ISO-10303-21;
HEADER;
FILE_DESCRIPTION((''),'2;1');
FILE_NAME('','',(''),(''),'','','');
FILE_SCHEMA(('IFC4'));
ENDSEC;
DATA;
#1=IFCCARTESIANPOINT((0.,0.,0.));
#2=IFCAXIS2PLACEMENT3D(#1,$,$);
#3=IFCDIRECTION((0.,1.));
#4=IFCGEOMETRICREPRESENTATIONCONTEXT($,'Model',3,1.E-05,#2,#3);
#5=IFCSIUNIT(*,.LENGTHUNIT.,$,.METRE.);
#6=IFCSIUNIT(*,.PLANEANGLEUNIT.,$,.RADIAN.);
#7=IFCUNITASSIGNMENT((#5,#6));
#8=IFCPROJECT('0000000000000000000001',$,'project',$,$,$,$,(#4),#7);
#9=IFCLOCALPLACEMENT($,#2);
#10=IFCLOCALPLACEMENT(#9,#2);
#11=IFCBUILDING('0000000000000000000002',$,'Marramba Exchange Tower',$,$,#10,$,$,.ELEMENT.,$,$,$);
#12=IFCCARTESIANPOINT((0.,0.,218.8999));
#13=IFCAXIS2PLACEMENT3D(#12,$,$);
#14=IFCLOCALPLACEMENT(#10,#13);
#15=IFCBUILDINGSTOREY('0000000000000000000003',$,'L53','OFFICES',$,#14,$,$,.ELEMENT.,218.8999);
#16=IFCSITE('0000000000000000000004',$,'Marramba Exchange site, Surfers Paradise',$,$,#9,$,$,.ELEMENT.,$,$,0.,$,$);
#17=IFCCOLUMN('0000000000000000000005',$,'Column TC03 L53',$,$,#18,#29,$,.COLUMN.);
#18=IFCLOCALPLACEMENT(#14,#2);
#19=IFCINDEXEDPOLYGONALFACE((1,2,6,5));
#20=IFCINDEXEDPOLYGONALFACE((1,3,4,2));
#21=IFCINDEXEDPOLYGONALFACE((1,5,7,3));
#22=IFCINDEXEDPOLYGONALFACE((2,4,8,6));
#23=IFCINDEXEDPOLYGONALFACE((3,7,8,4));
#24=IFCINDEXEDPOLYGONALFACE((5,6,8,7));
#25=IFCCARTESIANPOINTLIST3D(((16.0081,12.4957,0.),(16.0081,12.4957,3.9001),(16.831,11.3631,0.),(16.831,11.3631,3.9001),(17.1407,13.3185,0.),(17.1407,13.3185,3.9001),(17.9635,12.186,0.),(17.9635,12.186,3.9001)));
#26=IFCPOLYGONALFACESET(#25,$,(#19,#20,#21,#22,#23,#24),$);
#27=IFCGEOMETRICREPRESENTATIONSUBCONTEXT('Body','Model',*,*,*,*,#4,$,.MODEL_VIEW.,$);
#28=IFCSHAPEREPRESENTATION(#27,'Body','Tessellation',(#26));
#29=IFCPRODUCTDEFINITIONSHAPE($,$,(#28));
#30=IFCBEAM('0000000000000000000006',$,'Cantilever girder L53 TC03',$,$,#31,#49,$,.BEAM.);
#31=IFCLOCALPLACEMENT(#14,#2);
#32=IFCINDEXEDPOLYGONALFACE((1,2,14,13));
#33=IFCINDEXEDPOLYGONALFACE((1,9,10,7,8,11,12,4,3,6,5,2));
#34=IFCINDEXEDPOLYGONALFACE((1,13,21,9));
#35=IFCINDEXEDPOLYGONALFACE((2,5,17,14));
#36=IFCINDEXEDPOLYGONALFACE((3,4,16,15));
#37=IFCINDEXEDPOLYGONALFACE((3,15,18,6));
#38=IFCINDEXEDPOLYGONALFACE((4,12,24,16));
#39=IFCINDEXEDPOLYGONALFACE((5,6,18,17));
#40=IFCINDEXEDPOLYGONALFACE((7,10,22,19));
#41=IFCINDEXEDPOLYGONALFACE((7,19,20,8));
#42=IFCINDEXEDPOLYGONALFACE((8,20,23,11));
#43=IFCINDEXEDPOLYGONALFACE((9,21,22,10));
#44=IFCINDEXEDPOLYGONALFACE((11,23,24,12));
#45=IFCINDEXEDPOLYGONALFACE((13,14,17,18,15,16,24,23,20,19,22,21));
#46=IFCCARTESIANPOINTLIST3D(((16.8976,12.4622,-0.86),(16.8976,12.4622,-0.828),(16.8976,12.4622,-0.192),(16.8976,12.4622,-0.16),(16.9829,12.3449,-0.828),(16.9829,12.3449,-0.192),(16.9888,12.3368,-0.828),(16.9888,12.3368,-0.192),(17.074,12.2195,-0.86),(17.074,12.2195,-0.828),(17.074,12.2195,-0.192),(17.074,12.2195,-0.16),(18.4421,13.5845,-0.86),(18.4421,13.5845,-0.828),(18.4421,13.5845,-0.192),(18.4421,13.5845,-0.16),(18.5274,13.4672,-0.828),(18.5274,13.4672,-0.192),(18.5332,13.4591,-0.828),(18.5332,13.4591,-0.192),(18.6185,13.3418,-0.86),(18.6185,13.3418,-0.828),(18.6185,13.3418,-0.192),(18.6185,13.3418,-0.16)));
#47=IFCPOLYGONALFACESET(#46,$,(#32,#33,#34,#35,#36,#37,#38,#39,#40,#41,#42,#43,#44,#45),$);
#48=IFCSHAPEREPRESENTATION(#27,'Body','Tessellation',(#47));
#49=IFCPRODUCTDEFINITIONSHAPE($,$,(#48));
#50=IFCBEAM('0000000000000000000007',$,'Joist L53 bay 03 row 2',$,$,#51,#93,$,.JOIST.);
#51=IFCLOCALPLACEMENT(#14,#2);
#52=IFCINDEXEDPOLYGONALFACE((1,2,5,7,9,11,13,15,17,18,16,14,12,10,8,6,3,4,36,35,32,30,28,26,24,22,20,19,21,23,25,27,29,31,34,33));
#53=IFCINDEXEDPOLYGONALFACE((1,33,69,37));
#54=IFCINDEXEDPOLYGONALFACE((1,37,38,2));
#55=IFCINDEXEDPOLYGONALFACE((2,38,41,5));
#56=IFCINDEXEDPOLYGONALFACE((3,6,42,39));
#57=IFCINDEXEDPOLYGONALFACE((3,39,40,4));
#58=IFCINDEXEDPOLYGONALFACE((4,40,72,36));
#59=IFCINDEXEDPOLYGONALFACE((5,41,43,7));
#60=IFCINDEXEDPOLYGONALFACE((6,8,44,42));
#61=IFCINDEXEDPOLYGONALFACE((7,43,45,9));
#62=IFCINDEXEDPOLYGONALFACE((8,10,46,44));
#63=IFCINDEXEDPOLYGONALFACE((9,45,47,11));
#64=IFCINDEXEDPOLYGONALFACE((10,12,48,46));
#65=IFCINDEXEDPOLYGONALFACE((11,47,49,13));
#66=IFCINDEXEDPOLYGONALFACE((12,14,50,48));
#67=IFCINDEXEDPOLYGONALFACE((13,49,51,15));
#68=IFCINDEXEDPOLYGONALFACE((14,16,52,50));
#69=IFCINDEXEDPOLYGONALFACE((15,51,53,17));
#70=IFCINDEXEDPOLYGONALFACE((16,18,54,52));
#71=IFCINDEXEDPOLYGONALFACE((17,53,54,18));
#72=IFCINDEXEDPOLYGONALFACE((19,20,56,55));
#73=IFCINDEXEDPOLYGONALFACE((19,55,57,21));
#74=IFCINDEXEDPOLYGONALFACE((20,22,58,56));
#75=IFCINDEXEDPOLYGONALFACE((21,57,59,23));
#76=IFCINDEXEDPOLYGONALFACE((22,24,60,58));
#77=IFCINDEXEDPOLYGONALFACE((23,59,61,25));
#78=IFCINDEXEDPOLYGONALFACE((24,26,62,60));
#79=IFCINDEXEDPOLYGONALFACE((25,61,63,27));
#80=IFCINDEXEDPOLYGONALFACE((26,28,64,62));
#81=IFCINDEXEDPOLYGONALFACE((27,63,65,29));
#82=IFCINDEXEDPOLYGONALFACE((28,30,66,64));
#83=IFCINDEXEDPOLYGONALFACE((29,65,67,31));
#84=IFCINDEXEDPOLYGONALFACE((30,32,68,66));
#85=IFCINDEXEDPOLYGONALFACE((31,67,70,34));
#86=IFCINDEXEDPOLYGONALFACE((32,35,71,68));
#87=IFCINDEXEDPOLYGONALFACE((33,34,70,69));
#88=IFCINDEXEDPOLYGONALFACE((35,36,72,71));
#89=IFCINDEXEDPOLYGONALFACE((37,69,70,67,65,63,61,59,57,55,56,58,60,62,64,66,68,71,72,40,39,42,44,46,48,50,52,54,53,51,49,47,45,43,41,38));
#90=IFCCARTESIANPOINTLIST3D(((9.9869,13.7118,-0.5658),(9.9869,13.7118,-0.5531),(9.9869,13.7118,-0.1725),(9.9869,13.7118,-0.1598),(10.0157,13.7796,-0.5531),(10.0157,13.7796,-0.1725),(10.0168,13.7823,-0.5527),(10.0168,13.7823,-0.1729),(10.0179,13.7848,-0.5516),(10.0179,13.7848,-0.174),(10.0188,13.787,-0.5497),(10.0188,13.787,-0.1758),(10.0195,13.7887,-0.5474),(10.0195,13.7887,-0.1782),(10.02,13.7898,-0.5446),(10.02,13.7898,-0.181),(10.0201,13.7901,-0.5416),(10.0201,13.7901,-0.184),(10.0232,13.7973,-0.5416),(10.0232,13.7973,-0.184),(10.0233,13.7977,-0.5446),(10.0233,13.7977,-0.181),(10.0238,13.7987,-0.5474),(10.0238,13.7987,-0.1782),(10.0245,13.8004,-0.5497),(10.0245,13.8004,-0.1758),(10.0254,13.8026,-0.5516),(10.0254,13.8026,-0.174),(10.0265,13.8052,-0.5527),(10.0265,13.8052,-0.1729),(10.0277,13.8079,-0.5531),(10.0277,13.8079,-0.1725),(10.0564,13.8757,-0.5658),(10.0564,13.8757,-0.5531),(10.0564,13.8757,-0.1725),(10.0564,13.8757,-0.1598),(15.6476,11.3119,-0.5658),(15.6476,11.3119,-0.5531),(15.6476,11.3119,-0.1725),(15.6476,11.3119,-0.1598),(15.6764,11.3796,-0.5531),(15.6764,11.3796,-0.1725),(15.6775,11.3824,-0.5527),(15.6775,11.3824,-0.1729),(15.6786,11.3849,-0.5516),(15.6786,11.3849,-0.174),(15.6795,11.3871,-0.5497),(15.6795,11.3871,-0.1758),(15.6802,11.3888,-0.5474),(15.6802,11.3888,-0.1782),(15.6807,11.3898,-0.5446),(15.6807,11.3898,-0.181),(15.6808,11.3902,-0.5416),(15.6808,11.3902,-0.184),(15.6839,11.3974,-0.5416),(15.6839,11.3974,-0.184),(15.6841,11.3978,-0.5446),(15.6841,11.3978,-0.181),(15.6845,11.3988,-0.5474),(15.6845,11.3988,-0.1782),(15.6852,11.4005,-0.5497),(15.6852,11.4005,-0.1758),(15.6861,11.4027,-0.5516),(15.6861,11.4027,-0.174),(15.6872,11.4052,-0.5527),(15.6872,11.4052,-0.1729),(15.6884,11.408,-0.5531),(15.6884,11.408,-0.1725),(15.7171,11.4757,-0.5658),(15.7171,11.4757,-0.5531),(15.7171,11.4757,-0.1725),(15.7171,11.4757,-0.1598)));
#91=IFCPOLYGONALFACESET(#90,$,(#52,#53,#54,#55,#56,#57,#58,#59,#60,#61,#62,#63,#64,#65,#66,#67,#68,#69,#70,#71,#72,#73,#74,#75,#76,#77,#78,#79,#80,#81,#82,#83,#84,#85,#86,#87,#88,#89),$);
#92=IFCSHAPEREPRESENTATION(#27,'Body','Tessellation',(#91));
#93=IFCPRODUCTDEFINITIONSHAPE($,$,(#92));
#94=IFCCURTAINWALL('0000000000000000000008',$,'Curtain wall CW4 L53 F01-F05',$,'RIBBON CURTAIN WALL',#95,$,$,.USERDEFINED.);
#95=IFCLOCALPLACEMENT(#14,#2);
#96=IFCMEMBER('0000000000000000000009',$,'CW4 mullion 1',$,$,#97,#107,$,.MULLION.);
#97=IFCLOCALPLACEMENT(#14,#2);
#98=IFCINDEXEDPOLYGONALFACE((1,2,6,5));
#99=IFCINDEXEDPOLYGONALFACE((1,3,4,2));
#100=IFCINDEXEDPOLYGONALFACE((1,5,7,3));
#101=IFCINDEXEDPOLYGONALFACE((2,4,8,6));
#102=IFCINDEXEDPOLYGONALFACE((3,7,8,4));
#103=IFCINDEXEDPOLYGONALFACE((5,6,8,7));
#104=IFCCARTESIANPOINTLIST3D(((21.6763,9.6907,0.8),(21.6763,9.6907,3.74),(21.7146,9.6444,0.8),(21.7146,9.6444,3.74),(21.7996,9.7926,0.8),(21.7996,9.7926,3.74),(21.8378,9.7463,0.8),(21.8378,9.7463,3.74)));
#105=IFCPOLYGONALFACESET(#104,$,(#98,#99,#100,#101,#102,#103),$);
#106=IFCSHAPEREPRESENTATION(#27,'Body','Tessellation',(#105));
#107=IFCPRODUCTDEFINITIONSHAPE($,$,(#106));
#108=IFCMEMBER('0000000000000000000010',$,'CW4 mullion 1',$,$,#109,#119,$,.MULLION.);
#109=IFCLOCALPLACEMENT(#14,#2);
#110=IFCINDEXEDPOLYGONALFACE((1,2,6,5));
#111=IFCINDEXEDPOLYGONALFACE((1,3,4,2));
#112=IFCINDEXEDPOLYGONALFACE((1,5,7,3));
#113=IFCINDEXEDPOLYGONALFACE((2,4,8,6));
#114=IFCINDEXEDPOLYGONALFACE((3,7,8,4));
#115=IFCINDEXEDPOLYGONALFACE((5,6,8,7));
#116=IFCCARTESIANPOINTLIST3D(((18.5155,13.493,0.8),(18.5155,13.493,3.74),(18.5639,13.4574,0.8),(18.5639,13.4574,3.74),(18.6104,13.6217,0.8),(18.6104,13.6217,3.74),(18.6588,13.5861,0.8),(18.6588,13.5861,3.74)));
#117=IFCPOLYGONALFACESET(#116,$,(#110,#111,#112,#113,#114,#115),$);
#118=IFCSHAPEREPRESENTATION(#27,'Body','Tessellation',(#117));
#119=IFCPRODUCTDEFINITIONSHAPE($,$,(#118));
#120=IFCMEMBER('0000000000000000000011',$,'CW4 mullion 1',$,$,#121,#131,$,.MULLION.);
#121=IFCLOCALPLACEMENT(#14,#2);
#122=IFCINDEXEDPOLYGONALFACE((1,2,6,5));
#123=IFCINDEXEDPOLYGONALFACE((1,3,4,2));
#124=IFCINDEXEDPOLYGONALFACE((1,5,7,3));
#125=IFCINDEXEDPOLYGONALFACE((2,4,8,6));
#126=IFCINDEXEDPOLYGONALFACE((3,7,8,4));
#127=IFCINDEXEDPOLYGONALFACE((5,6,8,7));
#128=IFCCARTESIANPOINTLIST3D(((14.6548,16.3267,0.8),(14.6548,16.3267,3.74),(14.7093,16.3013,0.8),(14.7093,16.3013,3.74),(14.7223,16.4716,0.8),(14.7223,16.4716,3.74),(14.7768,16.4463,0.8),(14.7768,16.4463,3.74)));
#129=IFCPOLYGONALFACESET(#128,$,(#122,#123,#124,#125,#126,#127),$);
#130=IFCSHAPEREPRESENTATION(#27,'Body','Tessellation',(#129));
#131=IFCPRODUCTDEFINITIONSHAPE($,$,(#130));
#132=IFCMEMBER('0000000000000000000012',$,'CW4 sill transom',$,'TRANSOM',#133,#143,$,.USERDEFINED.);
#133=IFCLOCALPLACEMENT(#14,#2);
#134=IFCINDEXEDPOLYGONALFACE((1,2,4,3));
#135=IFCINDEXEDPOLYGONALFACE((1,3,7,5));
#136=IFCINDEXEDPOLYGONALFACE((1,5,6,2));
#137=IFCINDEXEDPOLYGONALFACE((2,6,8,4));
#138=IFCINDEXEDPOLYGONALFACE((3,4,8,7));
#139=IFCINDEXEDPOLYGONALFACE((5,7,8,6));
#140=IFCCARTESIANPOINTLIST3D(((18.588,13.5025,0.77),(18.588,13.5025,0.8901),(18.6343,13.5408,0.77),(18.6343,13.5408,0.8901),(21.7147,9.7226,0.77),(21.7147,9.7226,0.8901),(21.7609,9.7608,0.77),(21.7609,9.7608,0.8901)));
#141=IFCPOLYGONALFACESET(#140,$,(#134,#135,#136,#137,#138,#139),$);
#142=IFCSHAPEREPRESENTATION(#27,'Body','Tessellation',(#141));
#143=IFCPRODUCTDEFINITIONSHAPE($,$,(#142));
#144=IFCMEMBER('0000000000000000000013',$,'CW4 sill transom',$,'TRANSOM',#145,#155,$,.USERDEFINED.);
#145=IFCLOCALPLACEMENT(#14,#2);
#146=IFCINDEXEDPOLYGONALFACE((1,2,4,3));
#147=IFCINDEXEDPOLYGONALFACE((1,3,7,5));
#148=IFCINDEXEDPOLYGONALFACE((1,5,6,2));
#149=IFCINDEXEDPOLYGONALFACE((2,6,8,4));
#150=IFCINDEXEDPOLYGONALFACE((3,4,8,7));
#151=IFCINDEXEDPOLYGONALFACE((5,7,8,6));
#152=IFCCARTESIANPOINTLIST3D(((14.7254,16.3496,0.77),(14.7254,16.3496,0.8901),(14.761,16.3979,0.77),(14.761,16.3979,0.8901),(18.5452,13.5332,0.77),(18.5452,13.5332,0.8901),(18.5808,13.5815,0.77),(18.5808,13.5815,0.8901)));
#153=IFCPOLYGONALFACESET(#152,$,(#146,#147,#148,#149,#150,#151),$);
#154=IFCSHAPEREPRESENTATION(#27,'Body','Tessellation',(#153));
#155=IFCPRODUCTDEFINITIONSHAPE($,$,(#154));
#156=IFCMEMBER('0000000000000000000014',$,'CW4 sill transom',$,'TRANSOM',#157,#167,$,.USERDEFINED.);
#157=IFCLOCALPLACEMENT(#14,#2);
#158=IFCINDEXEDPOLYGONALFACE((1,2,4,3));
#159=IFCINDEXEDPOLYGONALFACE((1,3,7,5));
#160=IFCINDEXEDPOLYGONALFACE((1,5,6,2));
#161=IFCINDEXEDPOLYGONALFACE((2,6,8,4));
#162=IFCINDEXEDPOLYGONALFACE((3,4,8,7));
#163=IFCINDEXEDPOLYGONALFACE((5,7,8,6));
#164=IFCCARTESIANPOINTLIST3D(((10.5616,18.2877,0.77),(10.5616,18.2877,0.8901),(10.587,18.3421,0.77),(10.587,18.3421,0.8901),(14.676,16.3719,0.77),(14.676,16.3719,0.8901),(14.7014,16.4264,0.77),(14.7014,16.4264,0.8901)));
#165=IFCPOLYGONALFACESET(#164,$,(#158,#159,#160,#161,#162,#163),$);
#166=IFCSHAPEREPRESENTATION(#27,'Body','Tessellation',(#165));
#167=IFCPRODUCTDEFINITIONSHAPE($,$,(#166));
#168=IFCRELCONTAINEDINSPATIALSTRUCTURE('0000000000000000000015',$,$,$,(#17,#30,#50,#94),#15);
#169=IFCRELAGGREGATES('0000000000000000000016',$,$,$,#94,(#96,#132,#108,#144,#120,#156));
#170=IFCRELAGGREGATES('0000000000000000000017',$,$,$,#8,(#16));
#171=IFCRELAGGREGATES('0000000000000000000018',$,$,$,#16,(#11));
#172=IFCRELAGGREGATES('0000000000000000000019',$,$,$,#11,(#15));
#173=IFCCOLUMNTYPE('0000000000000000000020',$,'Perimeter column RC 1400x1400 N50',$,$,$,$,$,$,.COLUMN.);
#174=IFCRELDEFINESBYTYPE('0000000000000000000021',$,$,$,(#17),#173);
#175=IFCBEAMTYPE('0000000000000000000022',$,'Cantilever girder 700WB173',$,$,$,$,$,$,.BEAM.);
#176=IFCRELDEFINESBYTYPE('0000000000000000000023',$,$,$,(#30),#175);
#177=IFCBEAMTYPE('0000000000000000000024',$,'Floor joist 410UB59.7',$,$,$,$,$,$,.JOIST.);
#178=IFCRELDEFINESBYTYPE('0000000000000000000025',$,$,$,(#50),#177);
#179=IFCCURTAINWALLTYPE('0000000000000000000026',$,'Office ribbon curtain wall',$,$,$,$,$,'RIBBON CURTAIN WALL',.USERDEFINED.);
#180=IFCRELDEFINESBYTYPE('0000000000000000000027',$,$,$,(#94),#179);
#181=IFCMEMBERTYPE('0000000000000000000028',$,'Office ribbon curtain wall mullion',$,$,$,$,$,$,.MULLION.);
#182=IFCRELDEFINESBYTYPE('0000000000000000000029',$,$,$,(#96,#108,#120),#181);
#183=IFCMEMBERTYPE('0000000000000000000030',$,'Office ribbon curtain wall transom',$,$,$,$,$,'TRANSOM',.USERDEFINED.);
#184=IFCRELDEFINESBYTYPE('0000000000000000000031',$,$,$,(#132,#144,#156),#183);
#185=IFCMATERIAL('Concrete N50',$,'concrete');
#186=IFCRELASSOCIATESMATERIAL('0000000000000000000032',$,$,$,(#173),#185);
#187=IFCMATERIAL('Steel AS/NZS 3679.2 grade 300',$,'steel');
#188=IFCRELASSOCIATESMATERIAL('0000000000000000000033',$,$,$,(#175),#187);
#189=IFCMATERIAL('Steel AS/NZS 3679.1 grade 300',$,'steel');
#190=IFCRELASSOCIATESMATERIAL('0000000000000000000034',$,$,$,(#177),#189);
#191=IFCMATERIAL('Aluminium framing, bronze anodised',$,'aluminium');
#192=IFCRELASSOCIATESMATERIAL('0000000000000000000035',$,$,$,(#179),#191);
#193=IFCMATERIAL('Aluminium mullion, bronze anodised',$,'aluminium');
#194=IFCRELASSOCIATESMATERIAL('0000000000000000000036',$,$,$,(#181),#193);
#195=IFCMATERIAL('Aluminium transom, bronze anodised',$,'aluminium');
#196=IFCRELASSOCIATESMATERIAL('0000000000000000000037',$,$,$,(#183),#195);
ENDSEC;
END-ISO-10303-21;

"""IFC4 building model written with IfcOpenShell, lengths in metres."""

from ifc_helpers import new_model, si_unit, direction, frame, origin, origin_2d, place, context, subcontext, project, spatial, rectangle, i_section, extrude, material, material_profile, profile_set, type_object, element, aggregate, save


model = new_model("IFC4")

# Units and contexts
model_context = context("Model", 3, precision=1e-05, world=origin(), true_north=direction((0.0, 1.0)))
body_context = subcontext(model_context, "Body", "Model", "MODEL_VIEW")
ifc_project = project(units=[si_unit("LENGTHUNIT", "METRE"), si_unit("PLANEANGLEUNIT", "RADIAN")], contexts=[model_context])

# Site, building, storey
site_placement = place(None, origin())
site = spatial("IfcSite", under=ifc_project, at=site_placement, Name="Marramba Exchange site, Surfers Paradise", CompositionType="ELEMENT", RefElevation=0.0)
building_placement = place(site_placement, origin())
building = spatial("IfcBuilding", under=site, at=building_placement, Name="Marramba Exchange Tower", CompositionType="ELEMENT")
storey_placement = place(building_placement, frame((0.0, 0.0, 218.8999)))
storey = spatial("IfcBuildingStorey", under=building, at=storey_placement, Name="L53", Description="OFFICES", CompositionType="ELEMENT", Elevation=218.8999)

# Column
ifc_material_1 = material(Name="Concrete N50", Category="concrete")
ifc_material_profile_1 = material_profile(ifc_material_1, rectangle(XDim=1.3999, YDim=1.3999, at=origin_2d()), Name="RC 1400x1400")
ifc_profile_set_1 = profile_set([ifc_material_profile_1], Name="Concrete N50")
column_type = type_object("IfcColumnType", Name="Perimeter column RC 1400x1400 N50", PredefinedType="COLUMN", material=ifc_profile_set_1)
column_placement = place(storey_placement, frame((16.9858, 12.3408, 0.0), z_axis=(0.0, 0.0, 1.0), x_axis=(0.809017, 0.587785, 0.0)))
element("IfcColumn", 1, at=column_placement, inside=storey, type_object=column_type, Name="Column TC03 L53", PredefinedType="COLUMN", context=body_context, shape_type="SweptSolid", body=[
    extrude(rectangle(XDim=1.3999, YDim=1.3999, at=origin_2d()), origin(), (0.0, 0.0, 1.0), 3.9001),
])

# Beams
ifc_material_2 = material(Name="Steel AS/NZS 3679.2 grade 300", Category="steel")
ifc_material_profile_2 = material_profile(ifc_material_2, i_section(OverallWidth=0.3, OverallDepth=0.7, WebThickness=0.01, FlangeThickness=0.032, at=origin_2d()), Name="700WB173")
ifc_profile_set_2 = profile_set([ifc_material_profile_2], Name="Steel AS/NZS 3679.2 grade 300")
beam_type_1 = type_object("IfcBeamType", Name="Cantilever girder 700WB173", PredefinedType="BEAM", material=ifc_profile_set_2)
beam_1_placement = place(storey_placement, frame((16.9858, 12.3408, -0.51), z_axis=(0.808963, 0.58786, 0.0), x_axis=(-0.58786, 0.808963, 0.0)))
element("IfcBeam", 2, at=beam_1_placement, inside=storey, type_object=beam_type_1, Name="Cantilever girder L53 TC03", PredefinedType="BEAM", context=body_context, shape_type="SweptSolid", body=[
    extrude(i_section(OverallWidth=0.3, OverallDepth=0.7, WebThickness=0.01, FlangeThickness=0.032, at=origin_2d()), origin(), (0.0, 0.0, 1.0), 1.9092),
])
ifc_material_3 = material(Name="Steel AS/NZS 3679.1 grade 300", Category="steel")
ifc_material_profile_3 = material_profile(ifc_material_3, i_section(OverallWidth=0.178, OverallDepth=0.406, WebThickness=0.0078, FlangeThickness=0.0127, FilletRadius=0.0115, at=origin_2d()), Name="410UB59.7")
ifc_profile_set_3 = profile_set([ifc_material_profile_3], Name="Steel AS/NZS 3679.1 grade 300")
beam_type_2 = type_object("IfcBeamType", Name="Floor joist 410UB59.7", PredefinedType="JOIST", material=ifc_profile_set_3)
beam_2_placement = place(storey_placement, frame((15.6824, 11.3938, -0.3628), z_axis=(-0.920674, 0.390332, 0.0), x_axis=(-0.390332, -0.920674, 0.0)))
element("IfcBeam", 3, at=beam_2_placement, inside=storey, type_object=beam_type_2, Name="Joist L53 bay 03 row 2", PredefinedType="JOIST", context=body_context, shape_type="SweptSolid", body=[
    extrude(i_section(OverallWidth=0.178, OverallDepth=0.406, WebThickness=0.0078, FlangeThickness=0.0127, FilletRadius=0.0115, at=origin_2d()), origin(), (0.0, 0.0, 1.0), 6.1484),
])

# Curtain wall, members
ifc_material_4 = material(Name="Aluminium framing, bronze anodised", Category="aluminium")
curtain_wall_type = type_object("IfcCurtainWallType", Name="Office ribbon curtain wall", ElementType="RIBBON CURTAIN WALL", PredefinedType="USERDEFINED", material=ifc_material_4)
curtain_wall_placement = place(storey_placement, origin())
curtain_wall = element("IfcCurtainWall", 4, at=curtain_wall_placement, inside=storey, type_object=curtain_wall_type, Name="Curtain wall CW4 L53 F01-F05", ObjectType="RIBBON CURTAIN WALL", PredefinedType="USERDEFINED")
ifc_material_5 = material(Name="Aluminium mullion, bronze anodised", Category="aluminium")
ifc_material_profile_4 = material_profile(ifc_material_5, rectangle(XDim=0.1599, YDim=0.0601, at=origin_2d()), Name="CW4 mullion 60x160")
ifc_profile_set_4 = profile_set([ifc_material_profile_4], Name="Aluminium mullion, bronze anodised")
member_type_1 = type_object("IfcMemberType", Name="Office ribbon curtain wall mullion", PredefinedType="MULLION", material=ifc_profile_set_4)
member_1_placement = place(storey_placement, frame((21.7571, 9.7185, 0.8), z_axis=(0.0, 0.0, 1.0), x_axis=(-0.770574, -0.63735, 0.0)))
member_1 = element("IfcMember", 5, at=member_1_placement, type_object=member_type_1, Name="CW4 mullion 1", PredefinedType="MULLION", context=body_context, shape_type="SweptSolid", body=[
    extrude(rectangle(XDim=0.1599, YDim=0.0601, at=origin_2d()), origin(), (0.0, 0.0, 1.0), 2.9399),
])
member_2_placement = place(storey_placement, frame((18.5872, 13.5396, 0.8), z_axis=(0.0, 0.0, 1.0), x_axis=(-0.593441, -0.804877, 0.0)))
member_2 = element("IfcMember", 6, at=member_2_placement, type_object=member_type_1, Name="CW4 mullion 1", PredefinedType="MULLION", context=body_context, shape_type="SweptSolid", body=[
    extrude(rectangle(XDim=0.1599, YDim=0.0601, at=origin_2d()), origin(), (0.0, 0.0, 1.0), 2.9399),
])
member_3_placement = place(storey_placement, frame((14.7158, 16.3865, 0.8), z_axis=(0.0, 0.0, 1.0), x_axis=(-0.422133, -0.906534, 0.0)))
member_3 = element("IfcMember", 7, at=member_3_placement, type_object=member_type_1, Name="CW4 mullion 1", PredefinedType="MULLION", context=body_context, shape_type="SweptSolid", body=[
    extrude(rectangle(XDim=0.1599, YDim=0.0601, at=origin_2d()), origin(), (0.0, 0.0, 1.0), 2.9399),
])
ifc_material_6 = material(Name="Aluminium transom, bronze anodised", Category="aluminium")
ifc_material_profile_5 = material_profile(ifc_material_6, rectangle(XDim=0.0601, YDim=0.1201, at=origin_2d()), Name="CW4 transom 60x120")
ifc_profile_set_5 = profile_set([ifc_material_profile_5], Name="Aluminium transom, bronze anodised")
member_type_2 = type_object("IfcMemberType", Name="Office ribbon curtain wall transom", ElementType="TRANSOM", PredefinedType="USERDEFINED", material=ifc_profile_set_5)
member_4_placement = place(storey_placement, frame((21.7378, 9.7417, 0.8301), z_axis=(-0.637375, 0.770554, 0.0), x_axis=(-0.770554, -0.637375, 0.0)))
member_4 = element("IfcMember", 8, at=member_4_placement, type_object=member_type_2, Name="CW4 sill transom", ObjectType="TRANSOM", PredefinedType="USERDEFINED", context=body_context, shape_type="SweptSolid", body=[
    extrude(rectangle(XDim=0.0601, YDim=0.1201, at=origin_2d()), origin(), (0.0, 0.0, 1.0), 4.9055),
])
member_5_placement = place(storey_placement, frame((18.563, 13.5574, 0.8301), z_axis=(-0.804875, 0.593445, 0.0), x_axis=(-0.593445, -0.804875, 0.0)))
member_5 = element("IfcMember", 9, at=member_5_placement, type_object=member_type_2, Name="CW4 sill transom", ObjectType="TRANSOM", PredefinedType="USERDEFINED", context=body_context, shape_type="SweptSolid", body=[
    extrude(rectangle(XDim=0.0601, YDim=0.1201, at=origin_2d()), origin(), (0.0, 0.0, 1.0), 4.7458),
])
member_6_placement = place(storey_placement, frame((14.6887, 16.3992, 0.8301), z_axis=(-0.906548, 0.422102, 0.0), x_axis=(-0.422102, -0.906548, 0.0)))
member_6 = element("IfcMember", 10, at=member_6_placement, type_object=member_type_2, Name="CW4 sill transom", ObjectType="TRANSOM", PredefinedType="USERDEFINED", context=body_context, shape_type="SweptSolid", body=[
    extrude(rectangle(XDim=0.0601, YDim=0.1201, at=origin_2d()), origin(), (0.0, 0.0, 1.0), 4.5386),
])

aggregate(curtain_wall, [member_1, member_4, member_2, member_5, member_3, member_6])

save(model, "model.ifc")
